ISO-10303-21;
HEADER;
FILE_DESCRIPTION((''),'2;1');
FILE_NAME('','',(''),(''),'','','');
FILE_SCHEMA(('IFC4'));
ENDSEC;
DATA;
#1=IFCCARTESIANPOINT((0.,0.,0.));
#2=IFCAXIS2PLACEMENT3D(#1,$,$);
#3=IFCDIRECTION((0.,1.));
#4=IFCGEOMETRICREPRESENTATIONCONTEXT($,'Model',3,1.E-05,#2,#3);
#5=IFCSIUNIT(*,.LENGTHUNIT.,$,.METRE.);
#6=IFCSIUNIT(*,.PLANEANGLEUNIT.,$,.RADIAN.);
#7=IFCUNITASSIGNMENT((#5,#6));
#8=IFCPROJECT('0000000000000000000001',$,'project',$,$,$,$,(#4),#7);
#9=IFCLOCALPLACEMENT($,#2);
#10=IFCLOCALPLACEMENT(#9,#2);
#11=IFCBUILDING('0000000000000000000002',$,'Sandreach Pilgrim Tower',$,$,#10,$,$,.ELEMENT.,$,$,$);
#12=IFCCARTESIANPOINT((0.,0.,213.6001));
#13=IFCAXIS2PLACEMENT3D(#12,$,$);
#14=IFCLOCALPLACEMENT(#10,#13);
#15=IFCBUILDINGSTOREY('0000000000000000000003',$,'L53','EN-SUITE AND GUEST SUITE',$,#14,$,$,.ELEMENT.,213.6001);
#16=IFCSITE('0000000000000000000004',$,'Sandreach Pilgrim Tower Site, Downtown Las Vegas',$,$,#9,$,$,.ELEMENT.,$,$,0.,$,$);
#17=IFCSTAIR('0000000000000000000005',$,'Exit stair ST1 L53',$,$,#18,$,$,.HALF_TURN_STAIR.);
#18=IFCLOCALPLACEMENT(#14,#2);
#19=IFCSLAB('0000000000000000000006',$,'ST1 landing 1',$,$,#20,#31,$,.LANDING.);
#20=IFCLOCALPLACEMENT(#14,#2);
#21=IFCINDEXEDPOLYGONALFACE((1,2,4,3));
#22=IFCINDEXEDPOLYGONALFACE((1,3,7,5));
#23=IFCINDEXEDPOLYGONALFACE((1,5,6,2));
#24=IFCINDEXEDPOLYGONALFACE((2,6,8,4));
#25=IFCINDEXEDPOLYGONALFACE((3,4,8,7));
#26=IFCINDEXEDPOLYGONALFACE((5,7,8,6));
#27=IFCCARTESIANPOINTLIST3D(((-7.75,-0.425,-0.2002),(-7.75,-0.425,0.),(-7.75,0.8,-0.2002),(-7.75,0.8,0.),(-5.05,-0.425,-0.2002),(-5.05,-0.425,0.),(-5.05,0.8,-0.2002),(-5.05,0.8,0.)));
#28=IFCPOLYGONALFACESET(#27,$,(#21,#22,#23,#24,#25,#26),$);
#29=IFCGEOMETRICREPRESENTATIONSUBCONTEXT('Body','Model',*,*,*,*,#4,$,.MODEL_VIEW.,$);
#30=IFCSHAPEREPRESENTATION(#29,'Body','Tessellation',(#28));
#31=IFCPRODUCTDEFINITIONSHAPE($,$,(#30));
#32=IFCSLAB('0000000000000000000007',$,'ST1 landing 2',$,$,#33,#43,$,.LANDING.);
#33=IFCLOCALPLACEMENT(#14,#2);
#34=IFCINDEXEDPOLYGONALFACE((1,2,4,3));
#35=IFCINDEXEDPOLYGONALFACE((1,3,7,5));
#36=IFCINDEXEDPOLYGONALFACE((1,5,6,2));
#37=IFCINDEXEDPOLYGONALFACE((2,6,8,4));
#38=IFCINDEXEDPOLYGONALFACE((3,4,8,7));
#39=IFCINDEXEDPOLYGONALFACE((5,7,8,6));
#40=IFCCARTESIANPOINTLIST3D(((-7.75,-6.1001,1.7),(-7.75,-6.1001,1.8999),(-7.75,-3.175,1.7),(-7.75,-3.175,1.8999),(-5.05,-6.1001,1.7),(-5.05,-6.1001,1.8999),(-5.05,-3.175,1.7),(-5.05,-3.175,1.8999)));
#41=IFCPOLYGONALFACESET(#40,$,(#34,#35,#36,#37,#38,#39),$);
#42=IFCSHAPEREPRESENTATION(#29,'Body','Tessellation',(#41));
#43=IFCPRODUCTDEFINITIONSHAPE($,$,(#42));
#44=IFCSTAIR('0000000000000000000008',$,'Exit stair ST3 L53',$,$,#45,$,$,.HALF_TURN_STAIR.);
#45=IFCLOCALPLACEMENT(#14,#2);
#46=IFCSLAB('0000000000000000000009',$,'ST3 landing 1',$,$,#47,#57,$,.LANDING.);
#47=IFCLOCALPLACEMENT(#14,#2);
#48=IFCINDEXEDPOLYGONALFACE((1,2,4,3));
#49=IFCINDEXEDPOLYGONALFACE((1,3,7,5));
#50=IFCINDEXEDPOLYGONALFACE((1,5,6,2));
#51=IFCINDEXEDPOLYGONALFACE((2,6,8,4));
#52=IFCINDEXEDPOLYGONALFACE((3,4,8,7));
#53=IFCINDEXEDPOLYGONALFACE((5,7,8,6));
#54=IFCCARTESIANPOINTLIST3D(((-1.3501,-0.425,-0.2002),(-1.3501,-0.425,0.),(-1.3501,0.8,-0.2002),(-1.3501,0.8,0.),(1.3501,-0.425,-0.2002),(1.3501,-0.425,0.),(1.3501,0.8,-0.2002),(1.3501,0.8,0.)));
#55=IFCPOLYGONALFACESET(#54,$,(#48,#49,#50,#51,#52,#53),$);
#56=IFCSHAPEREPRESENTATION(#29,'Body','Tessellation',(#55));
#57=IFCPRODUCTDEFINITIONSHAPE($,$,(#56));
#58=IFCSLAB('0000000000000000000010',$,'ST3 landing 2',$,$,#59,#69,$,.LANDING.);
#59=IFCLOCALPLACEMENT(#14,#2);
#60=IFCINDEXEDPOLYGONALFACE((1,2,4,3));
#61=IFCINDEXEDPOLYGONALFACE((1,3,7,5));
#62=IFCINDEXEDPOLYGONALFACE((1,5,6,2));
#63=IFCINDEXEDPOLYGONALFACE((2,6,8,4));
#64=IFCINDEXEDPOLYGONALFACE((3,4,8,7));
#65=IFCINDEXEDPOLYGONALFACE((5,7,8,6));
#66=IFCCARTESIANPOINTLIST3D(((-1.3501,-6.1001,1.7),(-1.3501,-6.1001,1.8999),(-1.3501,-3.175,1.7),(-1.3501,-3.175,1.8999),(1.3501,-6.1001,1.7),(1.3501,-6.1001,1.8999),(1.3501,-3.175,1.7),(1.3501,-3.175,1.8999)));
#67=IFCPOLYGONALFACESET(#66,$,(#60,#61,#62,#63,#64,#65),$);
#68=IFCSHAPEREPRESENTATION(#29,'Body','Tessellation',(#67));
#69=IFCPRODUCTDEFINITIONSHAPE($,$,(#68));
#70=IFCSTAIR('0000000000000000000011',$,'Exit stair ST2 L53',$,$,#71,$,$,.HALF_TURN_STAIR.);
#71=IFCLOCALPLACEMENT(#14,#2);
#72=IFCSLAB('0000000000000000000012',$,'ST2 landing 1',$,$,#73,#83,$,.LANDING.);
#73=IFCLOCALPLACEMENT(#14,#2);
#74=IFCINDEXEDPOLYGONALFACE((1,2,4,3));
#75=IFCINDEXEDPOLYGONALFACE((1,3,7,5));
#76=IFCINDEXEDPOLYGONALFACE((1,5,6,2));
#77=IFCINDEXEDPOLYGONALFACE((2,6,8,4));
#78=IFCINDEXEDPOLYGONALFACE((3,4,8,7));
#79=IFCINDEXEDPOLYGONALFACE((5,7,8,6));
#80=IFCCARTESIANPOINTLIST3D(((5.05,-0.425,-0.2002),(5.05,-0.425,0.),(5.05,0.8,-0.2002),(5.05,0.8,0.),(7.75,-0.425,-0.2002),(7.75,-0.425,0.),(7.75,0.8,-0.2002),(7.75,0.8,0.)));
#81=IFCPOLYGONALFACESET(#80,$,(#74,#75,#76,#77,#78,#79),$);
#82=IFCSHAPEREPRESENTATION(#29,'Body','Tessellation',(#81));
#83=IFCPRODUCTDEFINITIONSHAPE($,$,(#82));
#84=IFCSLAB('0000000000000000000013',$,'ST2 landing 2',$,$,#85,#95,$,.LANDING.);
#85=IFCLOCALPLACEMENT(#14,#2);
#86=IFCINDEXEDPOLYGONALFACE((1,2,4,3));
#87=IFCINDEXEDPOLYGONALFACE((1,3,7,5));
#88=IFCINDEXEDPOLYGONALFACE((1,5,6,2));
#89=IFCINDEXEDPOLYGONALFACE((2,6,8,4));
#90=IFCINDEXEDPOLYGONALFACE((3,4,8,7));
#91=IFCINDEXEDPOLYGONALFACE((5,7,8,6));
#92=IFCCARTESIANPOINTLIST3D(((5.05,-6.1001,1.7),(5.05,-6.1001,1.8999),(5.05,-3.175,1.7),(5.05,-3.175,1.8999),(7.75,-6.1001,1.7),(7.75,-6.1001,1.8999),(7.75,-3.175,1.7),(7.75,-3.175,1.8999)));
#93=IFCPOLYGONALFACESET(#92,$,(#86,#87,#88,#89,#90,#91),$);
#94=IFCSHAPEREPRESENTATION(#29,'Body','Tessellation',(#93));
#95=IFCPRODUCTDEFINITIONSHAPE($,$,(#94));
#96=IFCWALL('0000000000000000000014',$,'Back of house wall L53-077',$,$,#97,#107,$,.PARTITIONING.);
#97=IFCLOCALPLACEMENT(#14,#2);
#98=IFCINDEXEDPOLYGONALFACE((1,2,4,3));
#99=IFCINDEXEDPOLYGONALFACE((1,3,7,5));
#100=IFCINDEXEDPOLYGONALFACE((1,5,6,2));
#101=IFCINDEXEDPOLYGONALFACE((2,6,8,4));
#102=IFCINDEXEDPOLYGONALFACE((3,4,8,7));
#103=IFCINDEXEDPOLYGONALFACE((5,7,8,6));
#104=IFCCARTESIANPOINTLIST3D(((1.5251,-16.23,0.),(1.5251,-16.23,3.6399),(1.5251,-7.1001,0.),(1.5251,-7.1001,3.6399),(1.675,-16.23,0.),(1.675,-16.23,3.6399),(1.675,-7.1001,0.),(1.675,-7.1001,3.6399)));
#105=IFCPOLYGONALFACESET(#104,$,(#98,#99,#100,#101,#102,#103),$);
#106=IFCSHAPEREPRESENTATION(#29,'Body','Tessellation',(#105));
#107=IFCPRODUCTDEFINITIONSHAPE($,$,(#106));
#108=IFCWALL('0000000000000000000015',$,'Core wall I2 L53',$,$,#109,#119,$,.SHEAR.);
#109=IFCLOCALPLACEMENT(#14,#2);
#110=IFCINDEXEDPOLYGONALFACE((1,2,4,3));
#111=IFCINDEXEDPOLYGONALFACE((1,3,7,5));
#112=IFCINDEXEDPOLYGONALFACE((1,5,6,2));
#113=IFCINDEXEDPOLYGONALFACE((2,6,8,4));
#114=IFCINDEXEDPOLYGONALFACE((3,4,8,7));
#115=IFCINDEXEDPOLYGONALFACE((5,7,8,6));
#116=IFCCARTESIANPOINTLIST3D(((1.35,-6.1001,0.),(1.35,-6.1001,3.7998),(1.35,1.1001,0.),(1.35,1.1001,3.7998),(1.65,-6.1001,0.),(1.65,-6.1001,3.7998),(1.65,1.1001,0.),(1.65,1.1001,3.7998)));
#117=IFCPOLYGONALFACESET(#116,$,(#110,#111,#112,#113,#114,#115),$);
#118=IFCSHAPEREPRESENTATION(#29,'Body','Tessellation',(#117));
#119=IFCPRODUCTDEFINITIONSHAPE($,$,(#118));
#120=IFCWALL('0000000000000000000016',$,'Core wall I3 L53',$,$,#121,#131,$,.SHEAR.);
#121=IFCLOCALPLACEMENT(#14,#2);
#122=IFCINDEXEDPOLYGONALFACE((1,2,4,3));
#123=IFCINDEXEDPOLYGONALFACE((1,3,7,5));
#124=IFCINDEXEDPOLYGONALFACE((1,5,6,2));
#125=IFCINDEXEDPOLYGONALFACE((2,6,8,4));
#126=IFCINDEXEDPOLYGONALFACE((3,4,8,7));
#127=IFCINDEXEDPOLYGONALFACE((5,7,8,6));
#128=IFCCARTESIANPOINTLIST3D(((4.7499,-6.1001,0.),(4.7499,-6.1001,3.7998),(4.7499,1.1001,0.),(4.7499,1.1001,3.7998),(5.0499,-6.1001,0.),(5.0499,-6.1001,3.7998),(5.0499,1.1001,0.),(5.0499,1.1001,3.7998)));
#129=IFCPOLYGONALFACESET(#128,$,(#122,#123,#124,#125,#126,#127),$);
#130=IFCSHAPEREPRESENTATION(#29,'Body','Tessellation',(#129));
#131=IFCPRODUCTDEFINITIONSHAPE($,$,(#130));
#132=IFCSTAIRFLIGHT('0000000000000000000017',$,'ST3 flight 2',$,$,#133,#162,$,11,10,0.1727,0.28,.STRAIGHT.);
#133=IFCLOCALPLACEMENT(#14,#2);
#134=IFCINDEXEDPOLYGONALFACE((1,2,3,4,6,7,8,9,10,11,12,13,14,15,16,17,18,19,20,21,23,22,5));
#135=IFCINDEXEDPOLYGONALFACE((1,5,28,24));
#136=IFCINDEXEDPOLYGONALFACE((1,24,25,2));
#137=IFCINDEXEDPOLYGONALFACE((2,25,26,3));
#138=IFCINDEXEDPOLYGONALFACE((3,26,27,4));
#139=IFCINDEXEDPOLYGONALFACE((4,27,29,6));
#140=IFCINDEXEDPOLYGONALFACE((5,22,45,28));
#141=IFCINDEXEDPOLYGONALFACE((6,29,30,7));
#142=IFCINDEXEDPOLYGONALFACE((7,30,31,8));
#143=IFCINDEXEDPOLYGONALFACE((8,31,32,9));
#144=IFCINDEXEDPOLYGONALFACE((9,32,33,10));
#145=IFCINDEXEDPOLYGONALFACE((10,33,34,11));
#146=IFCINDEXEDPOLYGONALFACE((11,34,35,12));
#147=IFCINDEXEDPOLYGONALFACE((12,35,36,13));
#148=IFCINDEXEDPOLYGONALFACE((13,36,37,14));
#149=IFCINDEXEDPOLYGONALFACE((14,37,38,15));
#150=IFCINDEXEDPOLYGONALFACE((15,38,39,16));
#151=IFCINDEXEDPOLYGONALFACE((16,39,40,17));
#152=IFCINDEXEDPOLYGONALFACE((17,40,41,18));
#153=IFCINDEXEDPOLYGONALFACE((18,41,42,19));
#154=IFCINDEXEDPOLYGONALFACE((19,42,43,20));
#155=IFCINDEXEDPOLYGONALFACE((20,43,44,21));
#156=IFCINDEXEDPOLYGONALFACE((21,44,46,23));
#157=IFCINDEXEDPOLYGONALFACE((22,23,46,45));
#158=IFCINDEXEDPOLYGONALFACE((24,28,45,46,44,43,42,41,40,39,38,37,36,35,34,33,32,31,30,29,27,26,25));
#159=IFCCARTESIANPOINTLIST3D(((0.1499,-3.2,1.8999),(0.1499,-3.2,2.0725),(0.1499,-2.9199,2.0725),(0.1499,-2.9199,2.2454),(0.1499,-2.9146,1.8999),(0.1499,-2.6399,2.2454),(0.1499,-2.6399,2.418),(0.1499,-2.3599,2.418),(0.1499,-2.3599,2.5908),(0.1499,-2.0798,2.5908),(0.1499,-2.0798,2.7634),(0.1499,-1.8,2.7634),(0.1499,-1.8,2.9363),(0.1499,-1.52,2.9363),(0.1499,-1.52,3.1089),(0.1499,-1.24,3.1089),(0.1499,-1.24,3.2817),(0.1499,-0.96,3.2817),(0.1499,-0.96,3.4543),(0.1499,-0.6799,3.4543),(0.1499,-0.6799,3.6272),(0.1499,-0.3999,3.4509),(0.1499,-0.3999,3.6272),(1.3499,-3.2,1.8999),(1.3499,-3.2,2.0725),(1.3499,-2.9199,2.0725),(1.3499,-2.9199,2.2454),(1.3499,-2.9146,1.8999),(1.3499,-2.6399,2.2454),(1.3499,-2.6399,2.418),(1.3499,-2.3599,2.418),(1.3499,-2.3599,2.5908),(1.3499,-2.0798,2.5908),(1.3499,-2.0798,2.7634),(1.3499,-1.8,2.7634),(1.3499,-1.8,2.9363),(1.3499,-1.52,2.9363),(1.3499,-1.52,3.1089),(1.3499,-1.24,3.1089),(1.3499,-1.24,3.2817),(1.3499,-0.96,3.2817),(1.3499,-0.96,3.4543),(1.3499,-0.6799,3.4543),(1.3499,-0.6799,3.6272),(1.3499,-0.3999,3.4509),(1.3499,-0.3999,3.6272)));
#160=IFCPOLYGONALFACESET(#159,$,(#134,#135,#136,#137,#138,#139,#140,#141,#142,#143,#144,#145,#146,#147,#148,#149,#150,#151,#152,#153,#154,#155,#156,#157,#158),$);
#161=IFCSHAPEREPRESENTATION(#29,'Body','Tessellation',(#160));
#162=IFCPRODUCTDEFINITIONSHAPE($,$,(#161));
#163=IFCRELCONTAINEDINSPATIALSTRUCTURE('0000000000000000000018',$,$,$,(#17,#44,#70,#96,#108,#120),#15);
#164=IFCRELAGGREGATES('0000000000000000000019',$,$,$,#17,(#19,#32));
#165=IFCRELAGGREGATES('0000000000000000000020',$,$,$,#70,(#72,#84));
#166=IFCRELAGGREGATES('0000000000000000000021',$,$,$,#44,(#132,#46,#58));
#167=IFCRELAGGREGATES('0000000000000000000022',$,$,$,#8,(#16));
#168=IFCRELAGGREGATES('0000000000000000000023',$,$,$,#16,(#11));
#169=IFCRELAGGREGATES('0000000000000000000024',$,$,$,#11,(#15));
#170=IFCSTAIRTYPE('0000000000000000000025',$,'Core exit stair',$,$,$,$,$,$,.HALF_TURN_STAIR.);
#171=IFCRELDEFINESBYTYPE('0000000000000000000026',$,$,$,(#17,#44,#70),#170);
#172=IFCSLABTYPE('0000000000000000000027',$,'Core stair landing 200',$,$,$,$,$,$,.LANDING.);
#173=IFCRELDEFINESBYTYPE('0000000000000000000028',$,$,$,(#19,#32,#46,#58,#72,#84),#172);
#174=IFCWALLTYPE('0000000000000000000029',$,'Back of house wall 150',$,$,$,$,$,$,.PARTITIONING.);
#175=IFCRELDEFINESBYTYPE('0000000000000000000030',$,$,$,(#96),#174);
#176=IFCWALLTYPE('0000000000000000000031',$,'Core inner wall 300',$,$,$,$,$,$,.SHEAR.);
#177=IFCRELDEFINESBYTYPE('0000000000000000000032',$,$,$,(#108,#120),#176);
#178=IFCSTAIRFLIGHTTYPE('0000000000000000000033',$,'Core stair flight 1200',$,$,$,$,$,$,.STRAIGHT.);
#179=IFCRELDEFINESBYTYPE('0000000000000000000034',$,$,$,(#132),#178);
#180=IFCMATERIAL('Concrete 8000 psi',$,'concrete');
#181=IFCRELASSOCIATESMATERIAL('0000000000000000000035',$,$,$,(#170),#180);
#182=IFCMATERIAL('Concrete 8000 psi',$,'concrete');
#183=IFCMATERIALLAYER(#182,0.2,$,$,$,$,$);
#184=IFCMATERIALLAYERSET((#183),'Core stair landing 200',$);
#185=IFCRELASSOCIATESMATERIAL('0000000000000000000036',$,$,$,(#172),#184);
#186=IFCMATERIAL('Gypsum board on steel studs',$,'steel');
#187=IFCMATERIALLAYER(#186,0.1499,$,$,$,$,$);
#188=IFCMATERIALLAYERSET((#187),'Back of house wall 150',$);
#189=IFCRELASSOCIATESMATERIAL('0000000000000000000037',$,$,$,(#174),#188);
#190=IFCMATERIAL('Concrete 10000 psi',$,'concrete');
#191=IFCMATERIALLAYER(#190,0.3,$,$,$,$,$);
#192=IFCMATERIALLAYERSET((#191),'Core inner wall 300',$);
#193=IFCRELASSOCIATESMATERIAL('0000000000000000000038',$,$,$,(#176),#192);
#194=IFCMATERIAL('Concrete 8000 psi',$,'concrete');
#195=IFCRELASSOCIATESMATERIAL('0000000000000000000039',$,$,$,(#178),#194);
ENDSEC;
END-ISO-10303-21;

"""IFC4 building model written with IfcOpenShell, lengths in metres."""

from ifc_helpers import new_model, si_unit, direction, frame, frame_2d, origin, place, context, subcontext, project, spatial, polyline, rectangle, outline, extrude, material, layer, layer_set, type_object, element, aggregate, save


model = new_model("IFC4")

# Units and contexts
model_context = context("Model", 3, precision=1e-05, world=origin(), true_north=direction((0.0, 1.0)))
body_context = subcontext(model_context, "Body", "Model", "MODEL_VIEW")
ifc_project = project(units=[si_unit("LENGTHUNIT", "METRE"), si_unit("PLANEANGLEUNIT", "RADIAN")], contexts=[model_context])

# Site, building, storey
site_placement = place(None, origin())
site = spatial("IfcSite", under=ifc_project, at=site_placement, Name="Sandreach Pilgrim Tower Site, Downtown Las Vegas", CompositionType="ELEMENT", RefElevation=0.0)
building_placement = place(site_placement, origin())
building = spatial("IfcBuilding", under=site, at=building_placement, Name="Sandreach Pilgrim Tower", CompositionType="ELEMENT")
storey_placement = place(building_placement, frame((0.0, 0.0, 213.6001)))
storey = spatial("IfcBuildingStorey", under=building, at=storey_placement, Name="L53", Description="EN-SUITE AND GUEST SUITE", CompositionType="ELEMENT", Elevation=213.6001)

# Stairs, slabs
ifc_material_1 = material(Name="Concrete 8000 psi", Category="concrete")
stair_type = type_object("IfcStairType", Name="Core exit stair", PredefinedType="HALF_TURN_STAIR", material=ifc_material_1)
stair_1_placement = place(storey_placement, origin())
stair_1 = element("IfcStair", 1, at=stair_1_placement, inside=storey, type_object=stair_type, Name="Exit stair ST1 L53", PredefinedType="HALF_TURN_STAIR")
ifc_material_2 = material(Name="Concrete 8000 psi", Category="concrete")
ifc_layer_1 = layer(ifc_material_2, 0.2)
ifc_layer_set_1 = layer_set([ifc_layer_1], Name="Core stair landing 200")
slab_type = type_object("IfcSlabType", Name="Core stair landing 200", PredefinedType="LANDING", material=ifc_layer_set_1)
slab_1_placement = place(storey_placement, frame((0.0, 0.0, -0.2002)))
slab_1 = element("IfcSlab", 2, at=slab_1_placement, type_object=slab_type, Name="ST1 landing 1", PredefinedType="LANDING", context=body_context, shape_type="SweptSolid", body=[
    extrude(outline(polyline([(-7.75, -0.425), (-5.05, -0.425), (-5.05, 0.8), (-7.75, 0.8), (-7.75, -0.425)])), origin(), (0.0, 0.0, 1.0), 0.2002),
])
slab_2_placement = place(storey_placement, frame((0.0, 0.0, 1.7)))
slab_2 = element("IfcSlab", 3, at=slab_2_placement, type_object=slab_type, Name="ST1 landing 2", PredefinedType="LANDING", context=body_context, shape_type="SweptSolid", body=[
    extrude(outline(polyline([(-7.75, -6.1001), (-5.05, -6.1001), (-5.05, -3.175), (-7.75, -3.175), (-7.75, -6.1001)])), origin(), (0.0, 0.0, 1.0), 0.2),
])
aggregate(stair_1, [slab_1, slab_2])
stair_2_placement = place(storey_placement, origin())
stair_2 = element("IfcStair", 4, at=stair_2_placement, inside=storey, type_object=stair_type, Name="Exit stair ST3 L53", PredefinedType="HALF_TURN_STAIR")
slab_3_placement = place(storey_placement, frame((0.0, 0.0, -0.2002)))
slab_3 = element("IfcSlab", 5, at=slab_3_placement, type_object=slab_type, Name="ST3 landing 1", PredefinedType="LANDING", context=body_context, shape_type="SweptSolid", body=[
    extrude(outline(polyline([(-1.3501, -0.425), (1.3501, -0.425), (1.3501, 0.8), (-1.3501, 0.8), (-1.3501, -0.425)])), origin(), (0.0, 0.0, 1.0), 0.2002),
])
slab_4_placement = place(storey_placement, frame((0.0, 0.0, 1.7)))
slab_4 = element("IfcSlab", 6, at=slab_4_placement, type_object=slab_type, Name="ST3 landing 2", PredefinedType="LANDING", context=body_context, shape_type="SweptSolid", body=[
    extrude(outline(polyline([(-1.3501, -6.1001), (1.3501, -6.1001), (1.3501, -3.175), (-1.3501, -3.175), (-1.3501, -6.1001)])), origin(), (0.0, 0.0, 1.0), 0.2),
])
stair_3_placement = place(storey_placement, origin())
stair_3 = element("IfcStair", 7, at=stair_3_placement, inside=storey, type_object=stair_type, Name="Exit stair ST2 L53", PredefinedType="HALF_TURN_STAIR")
slab_5_placement = place(storey_placement, frame((0.0, 0.0, -0.2002)))
slab_5 = element("IfcSlab", 8, at=slab_5_placement, type_object=slab_type, Name="ST2 landing 1", PredefinedType="LANDING", context=body_context, shape_type="SweptSolid", body=[
    extrude(outline(polyline([(5.05, -0.425), (7.75, -0.425), (7.75, 0.8), (5.05, 0.8), (5.05, -0.425)])), origin(), (0.0, 0.0, 1.0), 0.2002),
])
slab_6_placement = place(storey_placement, frame((0.0, 0.0, 1.7)))
slab_6 = element("IfcSlab", 9, at=slab_6_placement, type_object=slab_type, Name="ST2 landing 2", PredefinedType="LANDING", context=body_context, shape_type="SweptSolid", body=[
    extrude(outline(polyline([(5.05, -6.1001), (7.75, -6.1001), (7.75, -3.175), (5.05, -3.175), (5.05, -6.1001)])), origin(), (0.0, 0.0, 1.0), 0.2),
])
aggregate(stair_3, [slab_5, slab_6])

# Walls
ifc_material_3 = material(Name="Gypsum board on steel studs", Category="steel")
ifc_layer_2 = layer(ifc_material_3, 0.1499)
ifc_layer_set_2 = layer_set([ifc_layer_2], Name="Back of house wall 150")
wall_type_1 = type_object("IfcWallType", Name="Back of house wall 150", PredefinedType="PARTITIONING", material=ifc_layer_set_2)
wall_1_placement = place(storey_placement, frame((1.6001, -7.1001, 0.0), z_axis=(0.0, 0.0, 1.0), x_axis=(0.0, -1.0, 0.0)))
element("IfcWall", 10, at=wall_1_placement, inside=storey, type_object=wall_type_1, Name="Back of house wall L53-077", PredefinedType="PARTITIONING", context=body_context, shape_type="SweptSolid", body=[
    extrude(rectangle(XDim=9.1299, YDim=0.1499, at=frame_2d((4.5649, 0.0))), origin(), (0.0, 0.0, 1.0), 3.6399),
])
ifc_material_4 = material(Name="Concrete 10000 psi", Category="concrete")
ifc_layer_3 = layer(ifc_material_4, 0.3)
ifc_layer_set_3 = layer_set([ifc_layer_3], Name="Core inner wall 300")
wall_type_2 = type_object("IfcWallType", Name="Core inner wall 300", PredefinedType="SHEAR", material=ifc_layer_set_3)
for number, where, z_axis, x_axis, name in (
    (11, (1.5, -6.1001, 0.0), (0.0, 0.0, 1.0), (0.0, 1.0, 0.0), "Core wall I2 L53"),
    (12, (4.8999, -6.1001, 0.0), (0.0, 0.0, 1.0), (0.0, 1.0, 0.0), "Core wall I3 L53"),
):
    element("IfcWall", number, at=place(storey_placement, frame(where, z_axis=z_axis, x_axis=x_axis)), inside=storey, type_object=wall_type_2, Name=name, PredefinedType="SHEAR", context=body_context, shape_type="SweptSolid", body=[
        extrude(rectangle(XDim=7.2002, YDim=0.3, at=frame_2d((3.6001, 0.0))), origin(), (0.0, 0.0, 1.0), 3.7998),
    ])

# Stair flight
ifc_material_5 = material(Name="Concrete 8000 psi", Category="concrete")
stair_flight_type = type_object("IfcStairFlightType", Name="Core stair flight 1200", PredefinedType="STRAIGHT", material=ifc_material_5)
stair_flight_placement = place(storey_placement, frame((0.75, -3.2, 1.8999), z_axis=(0.0, 0.0, 1.0), x_axis=(0.0, 1.0, 0.0)))
stair_flight = element("IfcStairFlight", 13, at=stair_flight_placement, type_object=stair_flight_type, Name="ST3 flight 2", NumberOfRisers=11, NumberOfTreads=10, PredefinedType="STRAIGHT", RiserHeight=0.1727, TreadLength=0.28, context=body_context, shape_type="SweptSolid", body=[
    extrude(outline(polyline([(0.0, 0.0), (0.0, 0.1726), (0.28, 0.1726), (0.28, 0.3455), (0.5601, 0.3455), (0.5601, 0.5181), (0.8401, 0.5181), (0.8401, 0.6909), (1.1201, 0.6909), (1.1201, 0.8635), (1.3999, 0.8635), (1.3999, 1.0364), (1.6799, 1.0364), (1.6799, 1.209), (1.96, 1.209), (1.96, 1.3818), (2.24, 1.3818), (2.24, 1.5544), (2.52, 1.5544), (2.52, 1.7273), (2.8, 1.7273), (2.8, 1.8999), (2.8, 1.551), (0.2854, 0.0), (0.0, 0.0)])), frame((0.0, 0.6001, 0.0), z_axis=(0.0, -1.0, 0.0), x_axis=(1.0, 0.0, 0.0)), (0.0, 0.0, 1.0), 1.2),
])
aggregate(stair_2, [stair_flight, slab_3, slab_4])

save(model, "model.ifc")
